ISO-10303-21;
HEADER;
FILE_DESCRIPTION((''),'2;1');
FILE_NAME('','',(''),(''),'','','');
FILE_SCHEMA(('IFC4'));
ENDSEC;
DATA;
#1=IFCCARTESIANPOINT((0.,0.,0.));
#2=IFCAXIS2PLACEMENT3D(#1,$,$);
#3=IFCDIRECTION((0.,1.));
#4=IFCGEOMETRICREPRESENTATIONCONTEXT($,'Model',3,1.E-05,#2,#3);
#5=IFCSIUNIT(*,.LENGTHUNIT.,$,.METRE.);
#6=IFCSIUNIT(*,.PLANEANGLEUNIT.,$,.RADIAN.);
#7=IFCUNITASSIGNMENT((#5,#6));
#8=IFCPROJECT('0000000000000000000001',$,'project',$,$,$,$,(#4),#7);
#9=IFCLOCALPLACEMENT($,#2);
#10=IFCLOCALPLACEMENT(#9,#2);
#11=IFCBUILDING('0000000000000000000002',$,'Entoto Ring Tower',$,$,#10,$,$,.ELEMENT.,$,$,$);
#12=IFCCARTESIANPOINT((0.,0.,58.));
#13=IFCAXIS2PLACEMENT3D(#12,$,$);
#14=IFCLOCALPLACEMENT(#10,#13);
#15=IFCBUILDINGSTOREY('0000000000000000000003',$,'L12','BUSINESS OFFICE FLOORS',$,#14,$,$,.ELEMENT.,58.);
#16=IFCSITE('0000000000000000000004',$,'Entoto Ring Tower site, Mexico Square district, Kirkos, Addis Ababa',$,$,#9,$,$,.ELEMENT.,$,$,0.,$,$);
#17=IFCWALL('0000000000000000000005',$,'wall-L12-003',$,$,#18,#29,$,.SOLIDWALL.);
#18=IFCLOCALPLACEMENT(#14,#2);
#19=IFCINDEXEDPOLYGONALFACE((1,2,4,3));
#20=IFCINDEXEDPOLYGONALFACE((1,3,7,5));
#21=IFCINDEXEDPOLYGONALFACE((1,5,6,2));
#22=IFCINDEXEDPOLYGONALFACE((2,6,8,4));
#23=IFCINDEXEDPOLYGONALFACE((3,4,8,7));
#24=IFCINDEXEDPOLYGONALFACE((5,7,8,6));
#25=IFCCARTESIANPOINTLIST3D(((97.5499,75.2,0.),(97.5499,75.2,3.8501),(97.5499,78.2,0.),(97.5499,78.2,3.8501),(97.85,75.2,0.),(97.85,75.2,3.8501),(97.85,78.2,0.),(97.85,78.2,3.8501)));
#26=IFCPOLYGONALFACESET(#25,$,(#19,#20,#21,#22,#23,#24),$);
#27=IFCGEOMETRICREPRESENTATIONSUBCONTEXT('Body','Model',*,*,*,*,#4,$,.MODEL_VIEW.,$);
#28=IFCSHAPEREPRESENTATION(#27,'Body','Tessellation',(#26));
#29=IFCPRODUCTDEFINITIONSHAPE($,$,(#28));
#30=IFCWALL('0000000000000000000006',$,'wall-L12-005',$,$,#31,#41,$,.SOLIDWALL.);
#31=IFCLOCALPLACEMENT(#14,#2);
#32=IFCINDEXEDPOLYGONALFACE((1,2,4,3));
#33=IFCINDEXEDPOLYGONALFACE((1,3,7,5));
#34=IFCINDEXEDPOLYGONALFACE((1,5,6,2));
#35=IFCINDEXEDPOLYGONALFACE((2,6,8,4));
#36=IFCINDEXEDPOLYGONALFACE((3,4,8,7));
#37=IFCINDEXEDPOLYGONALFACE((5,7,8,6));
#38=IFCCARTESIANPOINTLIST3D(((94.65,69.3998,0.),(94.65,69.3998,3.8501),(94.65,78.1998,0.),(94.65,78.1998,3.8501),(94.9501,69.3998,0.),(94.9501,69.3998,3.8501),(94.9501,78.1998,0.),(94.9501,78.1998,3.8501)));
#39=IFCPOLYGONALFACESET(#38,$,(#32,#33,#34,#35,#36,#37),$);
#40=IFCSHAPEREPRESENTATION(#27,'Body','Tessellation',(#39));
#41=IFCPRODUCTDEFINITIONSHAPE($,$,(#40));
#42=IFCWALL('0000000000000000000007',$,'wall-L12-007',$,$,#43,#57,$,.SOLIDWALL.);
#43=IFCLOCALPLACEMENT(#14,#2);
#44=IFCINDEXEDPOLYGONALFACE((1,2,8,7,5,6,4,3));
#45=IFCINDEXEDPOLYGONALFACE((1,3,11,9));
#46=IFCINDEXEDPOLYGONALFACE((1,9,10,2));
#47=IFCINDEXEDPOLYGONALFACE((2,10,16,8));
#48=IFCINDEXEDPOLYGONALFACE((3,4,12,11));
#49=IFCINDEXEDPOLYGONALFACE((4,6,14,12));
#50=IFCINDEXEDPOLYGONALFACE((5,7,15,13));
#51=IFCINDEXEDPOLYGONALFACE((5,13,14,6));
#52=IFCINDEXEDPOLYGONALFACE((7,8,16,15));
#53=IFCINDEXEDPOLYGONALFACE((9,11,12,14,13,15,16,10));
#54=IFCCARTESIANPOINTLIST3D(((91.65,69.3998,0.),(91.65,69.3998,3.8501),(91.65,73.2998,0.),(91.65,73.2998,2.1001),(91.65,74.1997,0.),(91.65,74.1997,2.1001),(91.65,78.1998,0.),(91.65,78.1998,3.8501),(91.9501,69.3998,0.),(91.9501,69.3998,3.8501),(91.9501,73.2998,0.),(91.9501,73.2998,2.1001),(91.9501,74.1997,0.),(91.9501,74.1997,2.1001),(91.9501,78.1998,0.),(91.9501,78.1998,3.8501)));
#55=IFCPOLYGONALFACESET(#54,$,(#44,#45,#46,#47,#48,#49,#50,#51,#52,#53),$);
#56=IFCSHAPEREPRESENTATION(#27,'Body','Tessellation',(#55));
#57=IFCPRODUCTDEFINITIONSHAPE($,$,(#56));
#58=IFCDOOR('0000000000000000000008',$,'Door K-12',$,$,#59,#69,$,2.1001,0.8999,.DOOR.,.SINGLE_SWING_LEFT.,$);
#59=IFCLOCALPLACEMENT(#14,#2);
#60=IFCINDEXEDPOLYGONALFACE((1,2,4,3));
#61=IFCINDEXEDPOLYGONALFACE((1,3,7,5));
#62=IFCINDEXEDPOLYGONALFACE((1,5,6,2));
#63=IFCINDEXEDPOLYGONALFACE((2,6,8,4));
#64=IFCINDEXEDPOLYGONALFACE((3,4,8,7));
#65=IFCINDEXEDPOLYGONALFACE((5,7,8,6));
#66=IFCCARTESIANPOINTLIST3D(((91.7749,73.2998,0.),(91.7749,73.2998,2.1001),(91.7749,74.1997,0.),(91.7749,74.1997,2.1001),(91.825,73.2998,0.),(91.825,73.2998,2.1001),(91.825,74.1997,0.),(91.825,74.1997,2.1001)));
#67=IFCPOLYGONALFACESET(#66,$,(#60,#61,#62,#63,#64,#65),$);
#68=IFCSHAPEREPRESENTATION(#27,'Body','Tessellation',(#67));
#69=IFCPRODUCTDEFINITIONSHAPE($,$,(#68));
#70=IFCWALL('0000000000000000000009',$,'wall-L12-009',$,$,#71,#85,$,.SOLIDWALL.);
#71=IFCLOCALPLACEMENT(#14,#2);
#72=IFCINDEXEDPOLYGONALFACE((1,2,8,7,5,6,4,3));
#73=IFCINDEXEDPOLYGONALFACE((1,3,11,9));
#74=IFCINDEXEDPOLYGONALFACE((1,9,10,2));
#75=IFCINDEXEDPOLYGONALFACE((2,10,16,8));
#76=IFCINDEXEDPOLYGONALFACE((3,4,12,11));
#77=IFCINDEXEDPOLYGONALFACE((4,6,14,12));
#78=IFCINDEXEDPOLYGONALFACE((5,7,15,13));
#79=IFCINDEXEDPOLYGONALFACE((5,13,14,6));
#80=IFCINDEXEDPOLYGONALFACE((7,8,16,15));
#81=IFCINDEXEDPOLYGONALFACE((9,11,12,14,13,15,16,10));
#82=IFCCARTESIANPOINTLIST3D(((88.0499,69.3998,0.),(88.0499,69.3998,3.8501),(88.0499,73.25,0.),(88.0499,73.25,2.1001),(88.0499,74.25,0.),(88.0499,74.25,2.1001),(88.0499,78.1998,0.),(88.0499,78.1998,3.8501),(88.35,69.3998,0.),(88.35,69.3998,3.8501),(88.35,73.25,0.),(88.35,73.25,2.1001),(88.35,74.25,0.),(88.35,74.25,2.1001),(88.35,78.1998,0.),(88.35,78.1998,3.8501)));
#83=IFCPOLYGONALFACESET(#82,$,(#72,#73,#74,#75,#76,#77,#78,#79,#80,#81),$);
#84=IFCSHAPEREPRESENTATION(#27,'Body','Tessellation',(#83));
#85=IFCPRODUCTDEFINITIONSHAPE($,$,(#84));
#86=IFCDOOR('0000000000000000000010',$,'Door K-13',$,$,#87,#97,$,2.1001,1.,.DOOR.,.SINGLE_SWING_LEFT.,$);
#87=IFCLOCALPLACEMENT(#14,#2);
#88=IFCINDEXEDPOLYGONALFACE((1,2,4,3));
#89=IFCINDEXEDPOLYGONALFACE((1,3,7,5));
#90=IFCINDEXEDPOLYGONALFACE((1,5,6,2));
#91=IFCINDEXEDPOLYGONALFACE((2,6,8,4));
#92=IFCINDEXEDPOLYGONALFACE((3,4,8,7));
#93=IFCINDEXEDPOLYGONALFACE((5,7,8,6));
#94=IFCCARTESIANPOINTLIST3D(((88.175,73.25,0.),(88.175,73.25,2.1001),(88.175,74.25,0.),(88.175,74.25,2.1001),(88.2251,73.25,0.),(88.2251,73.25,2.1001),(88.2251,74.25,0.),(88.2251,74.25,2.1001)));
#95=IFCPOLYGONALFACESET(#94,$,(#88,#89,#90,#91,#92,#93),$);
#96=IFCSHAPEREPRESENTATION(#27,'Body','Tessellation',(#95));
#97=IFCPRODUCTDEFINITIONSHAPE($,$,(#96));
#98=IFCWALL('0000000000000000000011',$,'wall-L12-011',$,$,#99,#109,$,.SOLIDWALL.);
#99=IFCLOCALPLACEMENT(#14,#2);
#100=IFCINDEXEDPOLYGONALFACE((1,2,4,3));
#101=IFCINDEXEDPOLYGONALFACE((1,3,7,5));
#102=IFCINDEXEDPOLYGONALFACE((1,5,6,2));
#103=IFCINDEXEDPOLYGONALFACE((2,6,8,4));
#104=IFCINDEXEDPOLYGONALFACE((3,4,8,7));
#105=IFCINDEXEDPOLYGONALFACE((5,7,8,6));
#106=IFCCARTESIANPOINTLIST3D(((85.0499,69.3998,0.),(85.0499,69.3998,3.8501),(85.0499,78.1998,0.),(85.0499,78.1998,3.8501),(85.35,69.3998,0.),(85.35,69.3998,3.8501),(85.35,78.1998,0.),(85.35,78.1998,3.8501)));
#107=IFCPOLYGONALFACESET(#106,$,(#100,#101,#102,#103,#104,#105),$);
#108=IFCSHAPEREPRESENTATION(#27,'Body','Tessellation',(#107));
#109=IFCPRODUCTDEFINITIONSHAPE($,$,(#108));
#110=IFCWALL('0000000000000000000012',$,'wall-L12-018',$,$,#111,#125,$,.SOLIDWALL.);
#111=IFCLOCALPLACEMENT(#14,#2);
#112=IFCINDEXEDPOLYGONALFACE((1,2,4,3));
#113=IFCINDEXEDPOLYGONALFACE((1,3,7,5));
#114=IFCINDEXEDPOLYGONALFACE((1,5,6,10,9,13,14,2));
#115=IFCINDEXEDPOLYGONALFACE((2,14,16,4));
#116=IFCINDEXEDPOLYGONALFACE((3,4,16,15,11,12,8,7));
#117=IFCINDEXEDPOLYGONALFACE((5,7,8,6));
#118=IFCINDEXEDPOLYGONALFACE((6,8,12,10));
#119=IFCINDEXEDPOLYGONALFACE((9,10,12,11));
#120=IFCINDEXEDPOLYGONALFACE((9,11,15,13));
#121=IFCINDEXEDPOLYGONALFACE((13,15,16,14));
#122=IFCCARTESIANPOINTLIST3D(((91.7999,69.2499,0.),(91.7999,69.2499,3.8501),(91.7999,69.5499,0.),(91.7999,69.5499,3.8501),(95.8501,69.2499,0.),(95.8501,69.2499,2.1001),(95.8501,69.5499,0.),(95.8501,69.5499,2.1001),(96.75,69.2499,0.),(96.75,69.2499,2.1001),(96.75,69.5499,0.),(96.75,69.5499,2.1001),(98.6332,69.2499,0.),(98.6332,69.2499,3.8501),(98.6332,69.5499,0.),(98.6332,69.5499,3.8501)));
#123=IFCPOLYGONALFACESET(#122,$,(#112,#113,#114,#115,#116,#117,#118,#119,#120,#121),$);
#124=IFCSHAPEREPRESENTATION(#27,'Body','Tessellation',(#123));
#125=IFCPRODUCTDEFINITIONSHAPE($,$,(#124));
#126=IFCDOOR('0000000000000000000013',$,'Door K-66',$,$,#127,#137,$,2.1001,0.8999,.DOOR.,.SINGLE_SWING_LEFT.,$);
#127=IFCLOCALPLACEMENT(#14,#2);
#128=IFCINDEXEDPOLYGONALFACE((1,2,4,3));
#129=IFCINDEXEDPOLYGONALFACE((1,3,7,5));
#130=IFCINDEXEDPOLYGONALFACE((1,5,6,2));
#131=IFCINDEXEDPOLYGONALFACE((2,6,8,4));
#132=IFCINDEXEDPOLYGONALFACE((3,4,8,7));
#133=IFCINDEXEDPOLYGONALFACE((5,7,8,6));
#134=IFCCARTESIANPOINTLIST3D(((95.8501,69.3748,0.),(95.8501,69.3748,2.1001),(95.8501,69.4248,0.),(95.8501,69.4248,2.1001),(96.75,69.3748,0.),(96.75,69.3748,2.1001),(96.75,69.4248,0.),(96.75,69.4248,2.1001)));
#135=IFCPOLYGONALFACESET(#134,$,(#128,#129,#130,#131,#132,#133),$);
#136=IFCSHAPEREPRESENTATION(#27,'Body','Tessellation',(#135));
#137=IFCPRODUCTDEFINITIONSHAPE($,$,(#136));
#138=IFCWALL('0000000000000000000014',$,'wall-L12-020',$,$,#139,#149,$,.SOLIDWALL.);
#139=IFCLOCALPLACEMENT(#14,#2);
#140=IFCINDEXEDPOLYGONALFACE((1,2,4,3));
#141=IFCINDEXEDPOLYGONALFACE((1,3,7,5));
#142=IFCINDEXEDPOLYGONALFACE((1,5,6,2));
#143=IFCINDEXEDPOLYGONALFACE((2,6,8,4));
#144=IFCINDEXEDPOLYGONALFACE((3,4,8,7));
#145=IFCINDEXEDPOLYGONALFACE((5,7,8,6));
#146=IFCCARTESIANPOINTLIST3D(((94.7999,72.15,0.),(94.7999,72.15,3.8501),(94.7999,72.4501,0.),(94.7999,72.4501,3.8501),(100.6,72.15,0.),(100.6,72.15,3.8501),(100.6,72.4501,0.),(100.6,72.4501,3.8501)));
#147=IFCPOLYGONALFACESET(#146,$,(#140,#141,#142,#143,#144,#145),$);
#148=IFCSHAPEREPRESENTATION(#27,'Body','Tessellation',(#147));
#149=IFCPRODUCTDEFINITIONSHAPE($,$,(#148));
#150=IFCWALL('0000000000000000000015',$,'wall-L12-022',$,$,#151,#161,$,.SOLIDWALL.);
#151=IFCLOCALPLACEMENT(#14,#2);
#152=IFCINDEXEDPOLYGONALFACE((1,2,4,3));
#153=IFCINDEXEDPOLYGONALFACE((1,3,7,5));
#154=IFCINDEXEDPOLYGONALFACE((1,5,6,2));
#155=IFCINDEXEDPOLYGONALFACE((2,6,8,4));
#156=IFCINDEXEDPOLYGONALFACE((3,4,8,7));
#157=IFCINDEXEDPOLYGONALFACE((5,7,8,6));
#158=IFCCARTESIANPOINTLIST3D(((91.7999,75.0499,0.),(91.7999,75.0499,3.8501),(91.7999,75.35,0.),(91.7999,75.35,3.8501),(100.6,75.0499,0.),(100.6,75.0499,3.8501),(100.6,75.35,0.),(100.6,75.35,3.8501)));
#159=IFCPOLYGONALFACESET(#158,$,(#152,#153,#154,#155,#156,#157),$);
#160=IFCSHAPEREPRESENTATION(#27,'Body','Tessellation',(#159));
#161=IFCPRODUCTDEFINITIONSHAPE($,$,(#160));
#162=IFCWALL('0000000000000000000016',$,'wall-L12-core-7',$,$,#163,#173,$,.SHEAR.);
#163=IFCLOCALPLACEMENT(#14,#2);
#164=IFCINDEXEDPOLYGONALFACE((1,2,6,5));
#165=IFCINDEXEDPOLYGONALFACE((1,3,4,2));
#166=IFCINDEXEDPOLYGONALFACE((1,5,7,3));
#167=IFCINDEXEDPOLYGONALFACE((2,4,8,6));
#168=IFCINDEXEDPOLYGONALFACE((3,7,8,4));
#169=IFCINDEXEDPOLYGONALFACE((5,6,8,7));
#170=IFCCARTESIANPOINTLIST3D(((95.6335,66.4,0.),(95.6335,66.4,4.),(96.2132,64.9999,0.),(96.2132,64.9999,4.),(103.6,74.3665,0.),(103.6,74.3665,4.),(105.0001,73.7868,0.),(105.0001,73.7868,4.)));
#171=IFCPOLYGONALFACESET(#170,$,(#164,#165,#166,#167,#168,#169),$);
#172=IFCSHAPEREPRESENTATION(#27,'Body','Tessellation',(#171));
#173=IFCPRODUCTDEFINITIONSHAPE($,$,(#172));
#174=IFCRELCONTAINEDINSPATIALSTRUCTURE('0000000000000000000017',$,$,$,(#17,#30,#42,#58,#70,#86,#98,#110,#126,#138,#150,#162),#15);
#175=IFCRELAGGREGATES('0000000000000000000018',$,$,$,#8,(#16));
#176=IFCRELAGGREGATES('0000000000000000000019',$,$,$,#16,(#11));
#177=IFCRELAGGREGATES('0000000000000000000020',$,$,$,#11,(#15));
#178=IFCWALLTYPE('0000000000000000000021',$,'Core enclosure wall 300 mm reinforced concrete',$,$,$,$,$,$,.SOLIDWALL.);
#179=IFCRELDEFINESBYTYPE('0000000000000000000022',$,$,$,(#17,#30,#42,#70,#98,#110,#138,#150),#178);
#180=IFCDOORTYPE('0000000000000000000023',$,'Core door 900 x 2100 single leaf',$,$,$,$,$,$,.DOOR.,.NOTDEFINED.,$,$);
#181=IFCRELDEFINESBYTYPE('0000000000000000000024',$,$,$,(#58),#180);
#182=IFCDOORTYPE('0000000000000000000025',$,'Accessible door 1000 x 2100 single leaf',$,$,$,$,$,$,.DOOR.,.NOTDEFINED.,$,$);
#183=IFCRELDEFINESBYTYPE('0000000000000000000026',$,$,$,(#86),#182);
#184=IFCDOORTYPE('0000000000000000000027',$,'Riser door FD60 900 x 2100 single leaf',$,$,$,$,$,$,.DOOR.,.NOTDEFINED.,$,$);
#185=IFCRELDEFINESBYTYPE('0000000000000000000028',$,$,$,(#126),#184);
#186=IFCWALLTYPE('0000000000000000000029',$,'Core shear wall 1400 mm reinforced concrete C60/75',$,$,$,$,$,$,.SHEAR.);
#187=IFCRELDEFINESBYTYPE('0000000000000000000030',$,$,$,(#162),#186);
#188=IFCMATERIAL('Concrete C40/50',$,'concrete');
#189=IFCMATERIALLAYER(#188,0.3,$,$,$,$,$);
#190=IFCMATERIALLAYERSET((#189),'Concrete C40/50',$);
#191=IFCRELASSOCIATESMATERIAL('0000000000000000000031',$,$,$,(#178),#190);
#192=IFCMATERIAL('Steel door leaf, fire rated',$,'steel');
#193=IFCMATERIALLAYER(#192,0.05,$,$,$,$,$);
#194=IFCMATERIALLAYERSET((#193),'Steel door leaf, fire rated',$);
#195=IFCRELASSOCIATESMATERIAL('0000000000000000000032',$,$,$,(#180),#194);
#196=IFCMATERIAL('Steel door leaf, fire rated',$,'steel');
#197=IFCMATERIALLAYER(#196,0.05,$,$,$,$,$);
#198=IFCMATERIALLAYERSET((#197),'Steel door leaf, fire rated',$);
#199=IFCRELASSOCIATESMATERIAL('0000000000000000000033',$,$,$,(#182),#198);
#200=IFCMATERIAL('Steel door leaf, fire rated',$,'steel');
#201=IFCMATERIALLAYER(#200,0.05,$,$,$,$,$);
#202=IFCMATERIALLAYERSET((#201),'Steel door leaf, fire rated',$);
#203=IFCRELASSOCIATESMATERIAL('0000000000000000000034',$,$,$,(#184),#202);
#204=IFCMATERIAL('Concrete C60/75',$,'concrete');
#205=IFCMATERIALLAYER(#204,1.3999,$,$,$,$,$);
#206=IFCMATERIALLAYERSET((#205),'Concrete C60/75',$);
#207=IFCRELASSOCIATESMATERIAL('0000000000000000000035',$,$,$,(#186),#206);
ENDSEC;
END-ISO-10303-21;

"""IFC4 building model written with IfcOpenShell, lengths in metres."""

from ifc_helpers import new_model, si_unit, direction, frame, frame_2d, origin, place, context, subcontext, project, spatial, polyline, rectangle, outline, extrude, material, layer, layer_set, type_object, element, fill, save


model = new_model("IFC4")

# Units and contexts
model_context = context("Model", 3, precision=1e-05, world=origin(), true_north=direction((0.0, 1.0)))
body_context = subcontext(model_context, "Body", "Model", "MODEL_VIEW")
ifc_project = project(units=[si_unit("LENGTHUNIT", "METRE"), si_unit("PLANEANGLEUNIT", "RADIAN")], contexts=[model_context])

# Site, building, storey
site_placement = place(None, origin())
site = spatial("IfcSite", under=ifc_project, at=site_placement, Name="Entoto Ring Tower site, Mexico Square district, Kirkos, Addis Ababa", CompositionType="ELEMENT", RefElevation=0.0)
building_placement = place(site_placement, origin())
building = spatial("IfcBuilding", under=site, at=building_placement, Name="Entoto Ring Tower", CompositionType="ELEMENT")
storey_placement = place(building_placement, frame((0.0, 0.0, 58.0)))
storey = spatial("IfcBuildingStorey", under=building, at=storey_placement, Name="L12", Description="BUSINESS OFFICE FLOORS", CompositionType="ELEMENT", Elevation=58.0)

# Walls
ifc_material_1 = material(Name="Concrete C40/50", Category="concrete")
ifc_layer_1 = layer(ifc_material_1, 0.3)
ifc_layer_set_1 = layer_set([ifc_layer_1], Name="Concrete C40/50")
wall_type_1 = type_object("IfcWallType", Name="Core enclosure wall 300 mm reinforced concrete", PredefinedType="SOLIDWALL", material=ifc_layer_set_1)
wall_1_placement = place(storey_placement, frame((97.7, 75.2, 0.0), z_axis=(0.0, 0.0, 1.0), x_axis=(0.0, 1.0, 0.0)))
element("IfcWall", 1, at=wall_1_placement, inside=storey, type_object=wall_type_1, Name="wall-L12-003", PredefinedType="SOLIDWALL", context=body_context, shape_type="SweptSolid", body=[
    extrude(rectangle(XDim=3.0, YDim=0.3, at=frame_2d((1.5, 0.0))), origin(), (0.0, 0.0, 1.0), 3.8501),
])
wall_2_placement = place(storey_placement, frame((94.8, 69.3999, 0.0), z_axis=(0.0, 0.0, 1.0), x_axis=(0.0, 1.0, 0.0)))
element("IfcWall", 2, at=wall_2_placement, inside=storey, type_object=wall_type_1, Name="wall-L12-005", PredefinedType="SOLIDWALL", context=body_context, shape_type="SweptSolid", body=[
    extrude(rectangle(XDim=8.8, YDim=0.3, at=frame_2d((4.3999, 0.0))), origin(), (0.0, 0.0, 1.0), 3.8501),
])

# Walls, openings, doors
wall_3_placement = place(storey_placement, frame((91.8, 69.3999, 0.0), z_axis=(0.0, 0.0, 1.0), x_axis=(0.0, 1.0, 0.0)))
wall_3 = element("IfcWall", 3, at=wall_3_placement, inside=storey, type_object=wall_type_1, Name="wall-L12-007", PredefinedType="SOLIDWALL", context=body_context, shape_type="SweptSolid", body=[
    extrude(rectangle(XDim=8.8, YDim=0.3, at=frame_2d((4.3999, 0.0))), origin(), (0.0, 0.0, 1.0), 3.8501),
])
opening_1_placement = place(wall_3_placement, frame((3.8999, 0.0, 0.0)))
opening_1 = element("IfcOpeningElement", 4, at=opening_1_placement, cuts=wall_3, PredefinedType="OPENING", context=body_context, shape_type="SweptSolid", body=[
    extrude(rectangle(XDim=0.8999, YDim=2.1001, at=frame_2d((0.45, 1.05))), frame((0.0, 0.1602, 0.0), z_axis=(0.0, -1.0, 0.0), x_axis=(1.0, 0.0, 0.0)), (0.0, 0.0, 1.0), 0.3201),
])
ifc_material_2 = material(Name="Steel door leaf, fire rated", Category="steel")
ifc_layer_2 = layer(ifc_material_2, 0.05)
ifc_layer_set_2 = layer_set([ifc_layer_2], Name="Steel door leaf, fire rated")
door_type_1 = type_object("IfcDoorType", Name="Core door 900 x 2100 single leaf", OperationType="NOTDEFINED", PredefinedType="DOOR", material=ifc_layer_set_2)
door_1_placement = place(opening_1_placement, frame((0.8999, 0.0, 0.0), z_axis=(0.0, 0.0, 1.0), x_axis=(-1.0, 0.0, 0.0)))
door_1 = element("IfcDoor", 5, at=door_1_placement, inside=storey, type_object=door_type_1, Name="Door K-12", OperationType="SINGLE_SWING_LEFT", OverallHeight=2.1001, OverallWidth=0.8999, PredefinedType="DOOR", context=body_context, shape_type="SweptSolid", body=[
    extrude(rectangle(XDim=0.8999, YDim=2.1001, at=frame_2d((0.45, 1.05))), frame((0.0, 0.0249, 0.0), z_axis=(0.0, -1.0, 0.0), x_axis=(1.0, 0.0, 0.0)), (0.0, 0.0, 1.0), 0.05),
])
fill(opening_1, door_1)
wall_4_placement = place(storey_placement, frame((88.2, 69.3999, 0.0), z_axis=(0.0, 0.0, 1.0), x_axis=(0.0, 1.0, 0.0)))
wall_4 = element("IfcWall", 6, at=wall_4_placement, inside=storey, type_object=wall_type_1, Name="wall-L12-009", PredefinedType="SOLIDWALL", context=body_context, shape_type="SweptSolid", body=[
    extrude(rectangle(XDim=8.8, YDim=0.3, at=frame_2d((4.3999, 0.0))), origin(), (0.0, 0.0, 1.0), 3.8501),
])
opening_2_placement = place(wall_4_placement, frame((3.8501, 0.0, 0.0)))
opening_2 = element("IfcOpeningElement", 7, at=opening_2_placement, cuts=wall_4, PredefinedType="OPENING", context=body_context, shape_type="SweptSolid", body=[
    extrude(rectangle(XDim=1.0, YDim=2.1001, at=frame_2d((0.5, 1.05))), frame((0.0, 0.1602, 0.0), z_axis=(0.0, -1.0, 0.0), x_axis=(1.0, 0.0, 0.0)), (0.0, 0.0, 1.0), 0.3201),
])
ifc_material_3 = material(Name="Steel door leaf, fire rated", Category="steel")
ifc_layer_3 = layer(ifc_material_3, 0.05)
ifc_layer_set_3 = layer_set([ifc_layer_3], Name="Steel door leaf, fire rated")
door_type_2 = type_object("IfcDoorType", Name="Accessible door 1000 x 2100 single leaf", OperationType="NOTDEFINED", PredefinedType="DOOR", material=ifc_layer_set_3)
door_2_placement = place(opening_2_placement, origin())
door_2 = element("IfcDoor", 8, at=door_2_placement, inside=storey, type_object=door_type_2, Name="Door K-13", OperationType="SINGLE_SWING_LEFT", OverallHeight=2.1001, OverallWidth=1.0, PredefinedType="DOOR", context=body_context, shape_type="SweptSolid", body=[
    extrude(rectangle(XDim=1.0, YDim=2.1001, at=frame_2d((0.5, 1.05))), frame((0.0, 0.0249, 0.0), z_axis=(0.0, -1.0, 0.0), x_axis=(1.0, 0.0, 0.0)), (0.0, 0.0, 1.0), 0.05),
])
fill(opening_2, door_2)

# Wall
wall_5_placement = place(storey_placement, frame((85.2, 69.3999, 0.0), z_axis=(0.0, 0.0, 1.0), x_axis=(0.0, 1.0, 0.0)))
element("IfcWall", 9, at=wall_5_placement, inside=storey, type_object=wall_type_1, Name="wall-L12-011", PredefinedType="SOLIDWALL", context=body_context, shape_type="SweptSolid", body=[
    extrude(rectangle(XDim=8.8, YDim=0.3, at=frame_2d((4.3999, 0.0))), origin(), (0.0, 0.0, 1.0), 3.8501),
])

# Wall, opening, door
wall_6_placement = place(storey_placement, frame((91.8, 69.3999, 0.0), z_axis=(0.0, 0.0, 1.0), x_axis=(1.0, 0.0, 0.0)))
wall_6 = element("IfcWall", 10, at=wall_6_placement, inside=storey, type_object=wall_type_1, Name="wall-L12-018", PredefinedType="SOLIDWALL", context=body_context, shape_type="SweptSolid", body=[
    extrude(rectangle(XDim=6.8333, YDim=0.3, at=frame_2d((3.4165, 0.0))), origin(), (0.0, 0.0, 1.0), 3.8501),
])
opening_3_placement = place(wall_6_placement, frame((4.05, 0.0, 0.0)))
opening_3 = element("IfcOpeningElement", 11, at=opening_3_placement, cuts=wall_6, PredefinedType="OPENING", context=body_context, shape_type="SweptSolid", body=[
    extrude(rectangle(XDim=0.8999, YDim=2.1001, at=frame_2d((0.45, 1.05))), frame((0.0, 0.1602, 0.0), z_axis=(0.0, -1.0, 0.0), x_axis=(1.0, 0.0, 0.0)), (0.0, 0.0, 1.0), 0.3201),
])
ifc_material_4 = material(Name="Steel door leaf, fire rated", Category="steel")
ifc_layer_4 = layer(ifc_material_4, 0.05)
ifc_layer_set_4 = layer_set([ifc_layer_4], Name="Steel door leaf, fire rated")
door_type_3 = type_object("IfcDoorType", Name="Riser door FD60 900 x 2100 single leaf", OperationType="NOTDEFINED", PredefinedType="DOOR", material=ifc_layer_set_4)
door_3_placement = place(opening_3_placement, origin())
door_3 = element("IfcDoor", 12, at=door_3_placement, inside=storey, type_object=door_type_3, Name="Door K-66", OperationType="SINGLE_SWING_LEFT", OverallHeight=2.1001, OverallWidth=0.8999, PredefinedType="DOOR", context=body_context, shape_type="SweptSolid", body=[
    extrude(rectangle(XDim=0.8999, YDim=2.1001, at=frame_2d((0.45, 1.05))), frame((0.0, 0.0249, 0.0), z_axis=(0.0, -1.0, 0.0), x_axis=(1.0, 0.0, 0.0)), (0.0, 0.0, 1.0), 0.05),
])
fill(opening_3, door_3)

# Walls
wall_7_placement = place(storey_placement, frame((94.8, 72.3, 0.0), z_axis=(0.0, 0.0, 1.0), x_axis=(1.0, 0.0, 0.0)))
element("IfcWall", 13, at=wall_7_placement, inside=storey, type_object=wall_type_1, Name="wall-L12-020", PredefinedType="SOLIDWALL", context=body_context, shape_type="SweptSolid", body=[
    extrude(rectangle(XDim=5.8, YDim=0.3, at=frame_2d((2.8999, 0.0))), origin(), (0.0, 0.0, 1.0), 3.8501),
])
wall_8_placement = place(storey_placement, frame((91.8, 75.2, 0.0), z_axis=(0.0, 0.0, 1.0), x_axis=(1.0, 0.0, 0.0)))
element("IfcWall", 14, at=wall_8_placement, inside=storey, type_object=wall_type_1, Name="wall-L12-022", PredefinedType="SOLIDWALL", context=body_context, shape_type="SweptSolid", body=[
    extrude(rectangle(XDim=8.8, YDim=0.3, at=frame_2d((4.3999, 0.0))), origin(), (0.0, 0.0, 1.0), 3.8501),
])
ifc_material_5 = material(Name="Concrete C60/75", Category="concrete")
ifc_layer_5 = layer(ifc_material_5, 1.3999)
ifc_layer_set_5 = layer_set([ifc_layer_5], Name="Concrete C60/75")
wall_type_2 = type_object("IfcWallType", Name="Core shear wall 1400 mm reinforced concrete C60/75", PredefinedType="SHEAR", material=ifc_layer_set_5)
wall_9_placement = place(storey_placement, frame((95.9233, 65.7, 0.0), z_axis=(0.0, 0.0, 1.0), x_axis=(0.707107, 0.707107, 0.0)))
element("IfcWall", 15, at=wall_9_placement, inside=storey, type_object=wall_type_2, Name="wall-L12-core-7", PredefinedType="SHEAR", context=body_context, shape_type="SweptSolid", body=[
    extrude(outline(polyline([(-0.29, -0.7), (12.1365, -0.7), (11.5564, 0.7), (0.29, 0.7), (-0.29, -0.7)])), origin(), (0.0, 0.0, 1.0), 4.0),
])

save(model, "model.ifc")
